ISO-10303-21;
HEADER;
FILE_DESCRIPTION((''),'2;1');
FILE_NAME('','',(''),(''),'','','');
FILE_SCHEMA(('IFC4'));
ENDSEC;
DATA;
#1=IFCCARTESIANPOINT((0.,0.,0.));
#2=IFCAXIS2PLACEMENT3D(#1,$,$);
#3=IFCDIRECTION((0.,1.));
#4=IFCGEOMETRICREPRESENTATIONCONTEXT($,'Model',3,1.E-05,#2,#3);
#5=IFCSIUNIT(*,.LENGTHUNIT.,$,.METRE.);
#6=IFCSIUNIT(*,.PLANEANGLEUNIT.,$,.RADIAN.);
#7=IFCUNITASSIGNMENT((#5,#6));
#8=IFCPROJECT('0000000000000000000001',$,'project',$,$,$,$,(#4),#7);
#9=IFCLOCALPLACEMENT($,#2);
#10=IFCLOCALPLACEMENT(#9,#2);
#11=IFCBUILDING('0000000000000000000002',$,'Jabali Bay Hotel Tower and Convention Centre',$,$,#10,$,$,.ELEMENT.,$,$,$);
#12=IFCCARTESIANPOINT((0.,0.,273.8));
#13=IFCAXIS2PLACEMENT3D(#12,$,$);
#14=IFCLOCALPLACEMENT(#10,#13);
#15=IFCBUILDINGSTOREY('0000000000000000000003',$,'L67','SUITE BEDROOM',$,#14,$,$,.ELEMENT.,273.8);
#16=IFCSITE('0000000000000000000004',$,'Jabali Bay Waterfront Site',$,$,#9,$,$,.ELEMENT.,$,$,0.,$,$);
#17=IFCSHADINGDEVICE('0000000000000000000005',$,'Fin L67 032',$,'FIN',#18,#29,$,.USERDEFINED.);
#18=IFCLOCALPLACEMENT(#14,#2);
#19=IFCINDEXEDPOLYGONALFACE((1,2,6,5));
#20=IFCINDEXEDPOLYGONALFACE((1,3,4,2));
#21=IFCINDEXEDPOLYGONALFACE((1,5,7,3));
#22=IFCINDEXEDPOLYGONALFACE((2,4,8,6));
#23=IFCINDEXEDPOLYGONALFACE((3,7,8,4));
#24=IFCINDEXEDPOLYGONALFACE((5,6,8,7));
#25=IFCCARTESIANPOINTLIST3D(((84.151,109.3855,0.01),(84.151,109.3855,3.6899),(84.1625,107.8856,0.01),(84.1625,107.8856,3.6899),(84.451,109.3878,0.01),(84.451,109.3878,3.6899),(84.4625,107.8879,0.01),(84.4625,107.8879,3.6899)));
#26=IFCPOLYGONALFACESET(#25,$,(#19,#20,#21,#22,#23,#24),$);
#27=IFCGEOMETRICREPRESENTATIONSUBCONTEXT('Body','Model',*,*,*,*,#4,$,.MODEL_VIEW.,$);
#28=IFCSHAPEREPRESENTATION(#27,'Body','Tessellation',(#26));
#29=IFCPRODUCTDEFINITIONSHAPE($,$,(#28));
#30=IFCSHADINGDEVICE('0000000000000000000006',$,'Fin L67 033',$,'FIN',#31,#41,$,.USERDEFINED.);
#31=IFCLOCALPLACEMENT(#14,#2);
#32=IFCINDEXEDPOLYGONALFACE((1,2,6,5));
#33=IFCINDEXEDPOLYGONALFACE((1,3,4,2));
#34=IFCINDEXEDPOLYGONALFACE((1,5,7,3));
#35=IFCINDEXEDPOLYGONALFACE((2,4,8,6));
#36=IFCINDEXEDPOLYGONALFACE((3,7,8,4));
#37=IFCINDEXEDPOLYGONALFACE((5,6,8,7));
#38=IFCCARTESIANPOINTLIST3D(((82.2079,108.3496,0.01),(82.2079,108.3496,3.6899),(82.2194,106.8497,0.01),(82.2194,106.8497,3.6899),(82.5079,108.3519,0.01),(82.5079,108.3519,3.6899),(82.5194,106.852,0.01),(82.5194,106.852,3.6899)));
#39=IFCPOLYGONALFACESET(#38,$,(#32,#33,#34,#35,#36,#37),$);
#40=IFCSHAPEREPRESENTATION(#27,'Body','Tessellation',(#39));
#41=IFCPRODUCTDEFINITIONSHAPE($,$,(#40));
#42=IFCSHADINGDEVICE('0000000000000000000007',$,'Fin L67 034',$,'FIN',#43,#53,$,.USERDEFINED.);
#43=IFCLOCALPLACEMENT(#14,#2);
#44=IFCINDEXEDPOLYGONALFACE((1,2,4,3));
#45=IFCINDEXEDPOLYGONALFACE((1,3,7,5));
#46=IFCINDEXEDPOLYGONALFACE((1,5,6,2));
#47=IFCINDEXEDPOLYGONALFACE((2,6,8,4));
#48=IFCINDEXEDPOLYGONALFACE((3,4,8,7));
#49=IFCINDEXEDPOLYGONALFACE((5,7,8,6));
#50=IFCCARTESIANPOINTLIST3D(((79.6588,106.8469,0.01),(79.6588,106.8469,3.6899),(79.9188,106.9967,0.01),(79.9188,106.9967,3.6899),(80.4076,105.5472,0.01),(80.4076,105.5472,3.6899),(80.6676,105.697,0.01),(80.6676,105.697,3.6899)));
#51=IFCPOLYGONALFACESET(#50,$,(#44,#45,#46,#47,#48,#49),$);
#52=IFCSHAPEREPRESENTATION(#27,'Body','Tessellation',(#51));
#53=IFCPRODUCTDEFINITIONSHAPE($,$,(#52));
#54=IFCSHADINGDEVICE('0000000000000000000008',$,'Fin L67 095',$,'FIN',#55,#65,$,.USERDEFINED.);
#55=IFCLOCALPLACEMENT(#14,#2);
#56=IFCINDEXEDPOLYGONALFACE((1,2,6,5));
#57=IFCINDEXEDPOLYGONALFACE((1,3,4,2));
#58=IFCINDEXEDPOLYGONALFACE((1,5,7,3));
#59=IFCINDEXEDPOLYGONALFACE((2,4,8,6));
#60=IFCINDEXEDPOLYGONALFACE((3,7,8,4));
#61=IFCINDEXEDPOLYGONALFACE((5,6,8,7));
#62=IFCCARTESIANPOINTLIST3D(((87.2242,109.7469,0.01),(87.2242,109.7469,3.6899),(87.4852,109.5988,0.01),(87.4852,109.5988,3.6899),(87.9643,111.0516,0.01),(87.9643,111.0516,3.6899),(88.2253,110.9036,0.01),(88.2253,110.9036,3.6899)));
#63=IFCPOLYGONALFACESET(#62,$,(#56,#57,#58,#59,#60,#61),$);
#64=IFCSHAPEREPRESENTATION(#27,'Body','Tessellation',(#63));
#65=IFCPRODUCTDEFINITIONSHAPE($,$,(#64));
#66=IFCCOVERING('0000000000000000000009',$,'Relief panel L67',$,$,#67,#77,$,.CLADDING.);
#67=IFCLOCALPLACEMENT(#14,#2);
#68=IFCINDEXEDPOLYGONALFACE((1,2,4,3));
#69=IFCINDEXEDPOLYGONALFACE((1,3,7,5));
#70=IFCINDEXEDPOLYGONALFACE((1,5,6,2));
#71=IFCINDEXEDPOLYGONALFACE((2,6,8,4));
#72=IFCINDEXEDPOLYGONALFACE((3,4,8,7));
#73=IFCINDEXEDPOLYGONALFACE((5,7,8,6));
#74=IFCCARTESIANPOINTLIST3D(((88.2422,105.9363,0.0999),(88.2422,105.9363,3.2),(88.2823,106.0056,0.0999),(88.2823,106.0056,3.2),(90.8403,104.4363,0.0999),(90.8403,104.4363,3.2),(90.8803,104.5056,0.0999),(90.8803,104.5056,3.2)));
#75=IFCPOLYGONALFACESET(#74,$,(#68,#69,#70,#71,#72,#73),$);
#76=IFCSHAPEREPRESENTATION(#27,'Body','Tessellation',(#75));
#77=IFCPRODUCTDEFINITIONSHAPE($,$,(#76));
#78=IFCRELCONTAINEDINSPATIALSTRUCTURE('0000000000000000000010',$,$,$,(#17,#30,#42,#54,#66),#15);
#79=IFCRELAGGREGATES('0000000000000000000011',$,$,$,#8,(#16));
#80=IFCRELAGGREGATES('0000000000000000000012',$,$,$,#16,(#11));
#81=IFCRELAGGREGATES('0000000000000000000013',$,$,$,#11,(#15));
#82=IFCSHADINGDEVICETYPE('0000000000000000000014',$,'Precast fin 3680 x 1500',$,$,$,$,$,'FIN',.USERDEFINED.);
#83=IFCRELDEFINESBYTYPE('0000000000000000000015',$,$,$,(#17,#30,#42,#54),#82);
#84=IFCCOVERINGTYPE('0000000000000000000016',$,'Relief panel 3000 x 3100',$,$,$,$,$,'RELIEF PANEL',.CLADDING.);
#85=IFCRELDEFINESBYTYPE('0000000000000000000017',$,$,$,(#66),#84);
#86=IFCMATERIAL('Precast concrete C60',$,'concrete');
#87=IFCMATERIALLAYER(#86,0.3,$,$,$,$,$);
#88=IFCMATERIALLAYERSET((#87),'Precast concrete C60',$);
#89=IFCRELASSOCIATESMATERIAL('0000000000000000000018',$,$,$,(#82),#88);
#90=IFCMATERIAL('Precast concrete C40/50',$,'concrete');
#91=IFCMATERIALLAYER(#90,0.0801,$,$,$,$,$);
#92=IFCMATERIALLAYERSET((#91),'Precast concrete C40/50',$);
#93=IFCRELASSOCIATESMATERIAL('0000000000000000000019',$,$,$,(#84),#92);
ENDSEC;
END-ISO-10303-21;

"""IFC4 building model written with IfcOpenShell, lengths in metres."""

from ifc_helpers import new_model, si_unit, direction, frame, frame_2d, origin, origin_2d, place, context, subcontext, project, spatial, rectangle, extrude, material, layer, layer_set, type_object, element, save


model = new_model("IFC4")

# Units and contexts
model_context = context("Model", 3, precision=1e-05, world=origin(), true_north=direction((0.0, 1.0)))
body_context = subcontext(model_context, "Body", "Model", "MODEL_VIEW")
ifc_project = project(units=[si_unit("LENGTHUNIT", "METRE"), si_unit("PLANEANGLEUNIT", "RADIAN")], contexts=[model_context])

# Site, building, storey
site_placement = place(None, origin())
site = spatial("IfcSite", under=ifc_project, at=site_placement, Name="Jabali Bay Waterfront Site", CompositionType="ELEMENT", RefElevation=0.0)
building_placement = place(site_placement, origin())
building = spatial("IfcBuilding", under=site, at=building_placement, Name="Jabali Bay Hotel Tower and Convention Centre", CompositionType="ELEMENT")
storey_placement = place(building_placement, frame((0.0, 0.0, 273.8)))
storey = spatial("IfcBuildingStorey", under=building, at=storey_placement, Name="L67", Description="SUITE BEDROOM", CompositionType="ELEMENT", Elevation=273.8)

# Shading devices
ifc_material_1 = material(Name="Precast concrete C60", Category="concrete")
ifc_layer_1 = layer(ifc_material_1, 0.3)
ifc_layer_set_1 = layer_set([ifc_layer_1], Name="Precast concrete C60")
shading_device_type = type_object("IfcShadingDeviceType", Name="Precast fin 3680 x 1500", ElementType="FIN", PredefinedType="USERDEFINED", material=ifc_layer_set_1)
for number, where, z_axis, x_axis, name in (
    (1, (84.3125, 107.8867, 0.01), (0.0, 0.0, 1.0), (-0.00765, 0.999971, 0.0), "Fin L67 032"),
    (2, (82.3694, 106.8508, 0.01), (0.0, 0.0, 1.0), (-0.00765, 0.999971, 0.0), "Fin L67 033"),
    (3, (80.5376, 105.6221, 0.01), (0.0, 0.0, 1.0), (-0.499168, 0.866505, 0.0), "Fin L67 034"),
    (4, (87.3547, 109.6729, 0.01), (0.0, 0.0, 1.0), (0.493349, 0.869831, 0.0), "Fin L67 095"),
):
    element("IfcShadingDevice", number, at=place(storey_placement, frame(where, z_axis=z_axis, x_axis=x_axis)), inside=storey, type_object=shading_device_type, Name=name, ObjectType="FIN", PredefinedType="USERDEFINED", context=body_context, shape_type="SweptSolid", body=[
        extrude(rectangle(XDim=1.5, YDim=0.3, at=frame_2d((0.75, 0.0))), origin(), (0.0, 0.0, 1.0), 3.6799),
    ])

# Covering
ifc_material_2 = material(Name="Precast concrete C40/50", Category="concrete")
ifc_layer_2 = layer(ifc_material_2, 0.0801)
ifc_layer_set_2 = layer_set([ifc_layer_2], Name="Precast concrete C40/50")
covering_type = type_object("IfcCoveringType", Name="Relief panel 3000 x 3100", ElementType="RELIEF PANEL", PredefinedType="CLADDING", material=ifc_layer_set_2)
covering_placement = place(storey_placement, frame((89.5613, 105.2209, 0.0999), z_axis=(0.0, 0.0, 1.0), x_axis=(0.866025, -0.5, 0.0)))
element("IfcCovering", 5, at=covering_placement, inside=storey, type_object=covering_type, Name="Relief panel L67", PredefinedType="CLADDING", context=body_context, shape_type="SweptSolid", body=[
    extrude(rectangle(XDim=3.0, YDim=0.0801, at=origin_2d()), origin(), (0.0, 0.0, 1.0), 3.1001),
])

save(model, "model.ifc")
